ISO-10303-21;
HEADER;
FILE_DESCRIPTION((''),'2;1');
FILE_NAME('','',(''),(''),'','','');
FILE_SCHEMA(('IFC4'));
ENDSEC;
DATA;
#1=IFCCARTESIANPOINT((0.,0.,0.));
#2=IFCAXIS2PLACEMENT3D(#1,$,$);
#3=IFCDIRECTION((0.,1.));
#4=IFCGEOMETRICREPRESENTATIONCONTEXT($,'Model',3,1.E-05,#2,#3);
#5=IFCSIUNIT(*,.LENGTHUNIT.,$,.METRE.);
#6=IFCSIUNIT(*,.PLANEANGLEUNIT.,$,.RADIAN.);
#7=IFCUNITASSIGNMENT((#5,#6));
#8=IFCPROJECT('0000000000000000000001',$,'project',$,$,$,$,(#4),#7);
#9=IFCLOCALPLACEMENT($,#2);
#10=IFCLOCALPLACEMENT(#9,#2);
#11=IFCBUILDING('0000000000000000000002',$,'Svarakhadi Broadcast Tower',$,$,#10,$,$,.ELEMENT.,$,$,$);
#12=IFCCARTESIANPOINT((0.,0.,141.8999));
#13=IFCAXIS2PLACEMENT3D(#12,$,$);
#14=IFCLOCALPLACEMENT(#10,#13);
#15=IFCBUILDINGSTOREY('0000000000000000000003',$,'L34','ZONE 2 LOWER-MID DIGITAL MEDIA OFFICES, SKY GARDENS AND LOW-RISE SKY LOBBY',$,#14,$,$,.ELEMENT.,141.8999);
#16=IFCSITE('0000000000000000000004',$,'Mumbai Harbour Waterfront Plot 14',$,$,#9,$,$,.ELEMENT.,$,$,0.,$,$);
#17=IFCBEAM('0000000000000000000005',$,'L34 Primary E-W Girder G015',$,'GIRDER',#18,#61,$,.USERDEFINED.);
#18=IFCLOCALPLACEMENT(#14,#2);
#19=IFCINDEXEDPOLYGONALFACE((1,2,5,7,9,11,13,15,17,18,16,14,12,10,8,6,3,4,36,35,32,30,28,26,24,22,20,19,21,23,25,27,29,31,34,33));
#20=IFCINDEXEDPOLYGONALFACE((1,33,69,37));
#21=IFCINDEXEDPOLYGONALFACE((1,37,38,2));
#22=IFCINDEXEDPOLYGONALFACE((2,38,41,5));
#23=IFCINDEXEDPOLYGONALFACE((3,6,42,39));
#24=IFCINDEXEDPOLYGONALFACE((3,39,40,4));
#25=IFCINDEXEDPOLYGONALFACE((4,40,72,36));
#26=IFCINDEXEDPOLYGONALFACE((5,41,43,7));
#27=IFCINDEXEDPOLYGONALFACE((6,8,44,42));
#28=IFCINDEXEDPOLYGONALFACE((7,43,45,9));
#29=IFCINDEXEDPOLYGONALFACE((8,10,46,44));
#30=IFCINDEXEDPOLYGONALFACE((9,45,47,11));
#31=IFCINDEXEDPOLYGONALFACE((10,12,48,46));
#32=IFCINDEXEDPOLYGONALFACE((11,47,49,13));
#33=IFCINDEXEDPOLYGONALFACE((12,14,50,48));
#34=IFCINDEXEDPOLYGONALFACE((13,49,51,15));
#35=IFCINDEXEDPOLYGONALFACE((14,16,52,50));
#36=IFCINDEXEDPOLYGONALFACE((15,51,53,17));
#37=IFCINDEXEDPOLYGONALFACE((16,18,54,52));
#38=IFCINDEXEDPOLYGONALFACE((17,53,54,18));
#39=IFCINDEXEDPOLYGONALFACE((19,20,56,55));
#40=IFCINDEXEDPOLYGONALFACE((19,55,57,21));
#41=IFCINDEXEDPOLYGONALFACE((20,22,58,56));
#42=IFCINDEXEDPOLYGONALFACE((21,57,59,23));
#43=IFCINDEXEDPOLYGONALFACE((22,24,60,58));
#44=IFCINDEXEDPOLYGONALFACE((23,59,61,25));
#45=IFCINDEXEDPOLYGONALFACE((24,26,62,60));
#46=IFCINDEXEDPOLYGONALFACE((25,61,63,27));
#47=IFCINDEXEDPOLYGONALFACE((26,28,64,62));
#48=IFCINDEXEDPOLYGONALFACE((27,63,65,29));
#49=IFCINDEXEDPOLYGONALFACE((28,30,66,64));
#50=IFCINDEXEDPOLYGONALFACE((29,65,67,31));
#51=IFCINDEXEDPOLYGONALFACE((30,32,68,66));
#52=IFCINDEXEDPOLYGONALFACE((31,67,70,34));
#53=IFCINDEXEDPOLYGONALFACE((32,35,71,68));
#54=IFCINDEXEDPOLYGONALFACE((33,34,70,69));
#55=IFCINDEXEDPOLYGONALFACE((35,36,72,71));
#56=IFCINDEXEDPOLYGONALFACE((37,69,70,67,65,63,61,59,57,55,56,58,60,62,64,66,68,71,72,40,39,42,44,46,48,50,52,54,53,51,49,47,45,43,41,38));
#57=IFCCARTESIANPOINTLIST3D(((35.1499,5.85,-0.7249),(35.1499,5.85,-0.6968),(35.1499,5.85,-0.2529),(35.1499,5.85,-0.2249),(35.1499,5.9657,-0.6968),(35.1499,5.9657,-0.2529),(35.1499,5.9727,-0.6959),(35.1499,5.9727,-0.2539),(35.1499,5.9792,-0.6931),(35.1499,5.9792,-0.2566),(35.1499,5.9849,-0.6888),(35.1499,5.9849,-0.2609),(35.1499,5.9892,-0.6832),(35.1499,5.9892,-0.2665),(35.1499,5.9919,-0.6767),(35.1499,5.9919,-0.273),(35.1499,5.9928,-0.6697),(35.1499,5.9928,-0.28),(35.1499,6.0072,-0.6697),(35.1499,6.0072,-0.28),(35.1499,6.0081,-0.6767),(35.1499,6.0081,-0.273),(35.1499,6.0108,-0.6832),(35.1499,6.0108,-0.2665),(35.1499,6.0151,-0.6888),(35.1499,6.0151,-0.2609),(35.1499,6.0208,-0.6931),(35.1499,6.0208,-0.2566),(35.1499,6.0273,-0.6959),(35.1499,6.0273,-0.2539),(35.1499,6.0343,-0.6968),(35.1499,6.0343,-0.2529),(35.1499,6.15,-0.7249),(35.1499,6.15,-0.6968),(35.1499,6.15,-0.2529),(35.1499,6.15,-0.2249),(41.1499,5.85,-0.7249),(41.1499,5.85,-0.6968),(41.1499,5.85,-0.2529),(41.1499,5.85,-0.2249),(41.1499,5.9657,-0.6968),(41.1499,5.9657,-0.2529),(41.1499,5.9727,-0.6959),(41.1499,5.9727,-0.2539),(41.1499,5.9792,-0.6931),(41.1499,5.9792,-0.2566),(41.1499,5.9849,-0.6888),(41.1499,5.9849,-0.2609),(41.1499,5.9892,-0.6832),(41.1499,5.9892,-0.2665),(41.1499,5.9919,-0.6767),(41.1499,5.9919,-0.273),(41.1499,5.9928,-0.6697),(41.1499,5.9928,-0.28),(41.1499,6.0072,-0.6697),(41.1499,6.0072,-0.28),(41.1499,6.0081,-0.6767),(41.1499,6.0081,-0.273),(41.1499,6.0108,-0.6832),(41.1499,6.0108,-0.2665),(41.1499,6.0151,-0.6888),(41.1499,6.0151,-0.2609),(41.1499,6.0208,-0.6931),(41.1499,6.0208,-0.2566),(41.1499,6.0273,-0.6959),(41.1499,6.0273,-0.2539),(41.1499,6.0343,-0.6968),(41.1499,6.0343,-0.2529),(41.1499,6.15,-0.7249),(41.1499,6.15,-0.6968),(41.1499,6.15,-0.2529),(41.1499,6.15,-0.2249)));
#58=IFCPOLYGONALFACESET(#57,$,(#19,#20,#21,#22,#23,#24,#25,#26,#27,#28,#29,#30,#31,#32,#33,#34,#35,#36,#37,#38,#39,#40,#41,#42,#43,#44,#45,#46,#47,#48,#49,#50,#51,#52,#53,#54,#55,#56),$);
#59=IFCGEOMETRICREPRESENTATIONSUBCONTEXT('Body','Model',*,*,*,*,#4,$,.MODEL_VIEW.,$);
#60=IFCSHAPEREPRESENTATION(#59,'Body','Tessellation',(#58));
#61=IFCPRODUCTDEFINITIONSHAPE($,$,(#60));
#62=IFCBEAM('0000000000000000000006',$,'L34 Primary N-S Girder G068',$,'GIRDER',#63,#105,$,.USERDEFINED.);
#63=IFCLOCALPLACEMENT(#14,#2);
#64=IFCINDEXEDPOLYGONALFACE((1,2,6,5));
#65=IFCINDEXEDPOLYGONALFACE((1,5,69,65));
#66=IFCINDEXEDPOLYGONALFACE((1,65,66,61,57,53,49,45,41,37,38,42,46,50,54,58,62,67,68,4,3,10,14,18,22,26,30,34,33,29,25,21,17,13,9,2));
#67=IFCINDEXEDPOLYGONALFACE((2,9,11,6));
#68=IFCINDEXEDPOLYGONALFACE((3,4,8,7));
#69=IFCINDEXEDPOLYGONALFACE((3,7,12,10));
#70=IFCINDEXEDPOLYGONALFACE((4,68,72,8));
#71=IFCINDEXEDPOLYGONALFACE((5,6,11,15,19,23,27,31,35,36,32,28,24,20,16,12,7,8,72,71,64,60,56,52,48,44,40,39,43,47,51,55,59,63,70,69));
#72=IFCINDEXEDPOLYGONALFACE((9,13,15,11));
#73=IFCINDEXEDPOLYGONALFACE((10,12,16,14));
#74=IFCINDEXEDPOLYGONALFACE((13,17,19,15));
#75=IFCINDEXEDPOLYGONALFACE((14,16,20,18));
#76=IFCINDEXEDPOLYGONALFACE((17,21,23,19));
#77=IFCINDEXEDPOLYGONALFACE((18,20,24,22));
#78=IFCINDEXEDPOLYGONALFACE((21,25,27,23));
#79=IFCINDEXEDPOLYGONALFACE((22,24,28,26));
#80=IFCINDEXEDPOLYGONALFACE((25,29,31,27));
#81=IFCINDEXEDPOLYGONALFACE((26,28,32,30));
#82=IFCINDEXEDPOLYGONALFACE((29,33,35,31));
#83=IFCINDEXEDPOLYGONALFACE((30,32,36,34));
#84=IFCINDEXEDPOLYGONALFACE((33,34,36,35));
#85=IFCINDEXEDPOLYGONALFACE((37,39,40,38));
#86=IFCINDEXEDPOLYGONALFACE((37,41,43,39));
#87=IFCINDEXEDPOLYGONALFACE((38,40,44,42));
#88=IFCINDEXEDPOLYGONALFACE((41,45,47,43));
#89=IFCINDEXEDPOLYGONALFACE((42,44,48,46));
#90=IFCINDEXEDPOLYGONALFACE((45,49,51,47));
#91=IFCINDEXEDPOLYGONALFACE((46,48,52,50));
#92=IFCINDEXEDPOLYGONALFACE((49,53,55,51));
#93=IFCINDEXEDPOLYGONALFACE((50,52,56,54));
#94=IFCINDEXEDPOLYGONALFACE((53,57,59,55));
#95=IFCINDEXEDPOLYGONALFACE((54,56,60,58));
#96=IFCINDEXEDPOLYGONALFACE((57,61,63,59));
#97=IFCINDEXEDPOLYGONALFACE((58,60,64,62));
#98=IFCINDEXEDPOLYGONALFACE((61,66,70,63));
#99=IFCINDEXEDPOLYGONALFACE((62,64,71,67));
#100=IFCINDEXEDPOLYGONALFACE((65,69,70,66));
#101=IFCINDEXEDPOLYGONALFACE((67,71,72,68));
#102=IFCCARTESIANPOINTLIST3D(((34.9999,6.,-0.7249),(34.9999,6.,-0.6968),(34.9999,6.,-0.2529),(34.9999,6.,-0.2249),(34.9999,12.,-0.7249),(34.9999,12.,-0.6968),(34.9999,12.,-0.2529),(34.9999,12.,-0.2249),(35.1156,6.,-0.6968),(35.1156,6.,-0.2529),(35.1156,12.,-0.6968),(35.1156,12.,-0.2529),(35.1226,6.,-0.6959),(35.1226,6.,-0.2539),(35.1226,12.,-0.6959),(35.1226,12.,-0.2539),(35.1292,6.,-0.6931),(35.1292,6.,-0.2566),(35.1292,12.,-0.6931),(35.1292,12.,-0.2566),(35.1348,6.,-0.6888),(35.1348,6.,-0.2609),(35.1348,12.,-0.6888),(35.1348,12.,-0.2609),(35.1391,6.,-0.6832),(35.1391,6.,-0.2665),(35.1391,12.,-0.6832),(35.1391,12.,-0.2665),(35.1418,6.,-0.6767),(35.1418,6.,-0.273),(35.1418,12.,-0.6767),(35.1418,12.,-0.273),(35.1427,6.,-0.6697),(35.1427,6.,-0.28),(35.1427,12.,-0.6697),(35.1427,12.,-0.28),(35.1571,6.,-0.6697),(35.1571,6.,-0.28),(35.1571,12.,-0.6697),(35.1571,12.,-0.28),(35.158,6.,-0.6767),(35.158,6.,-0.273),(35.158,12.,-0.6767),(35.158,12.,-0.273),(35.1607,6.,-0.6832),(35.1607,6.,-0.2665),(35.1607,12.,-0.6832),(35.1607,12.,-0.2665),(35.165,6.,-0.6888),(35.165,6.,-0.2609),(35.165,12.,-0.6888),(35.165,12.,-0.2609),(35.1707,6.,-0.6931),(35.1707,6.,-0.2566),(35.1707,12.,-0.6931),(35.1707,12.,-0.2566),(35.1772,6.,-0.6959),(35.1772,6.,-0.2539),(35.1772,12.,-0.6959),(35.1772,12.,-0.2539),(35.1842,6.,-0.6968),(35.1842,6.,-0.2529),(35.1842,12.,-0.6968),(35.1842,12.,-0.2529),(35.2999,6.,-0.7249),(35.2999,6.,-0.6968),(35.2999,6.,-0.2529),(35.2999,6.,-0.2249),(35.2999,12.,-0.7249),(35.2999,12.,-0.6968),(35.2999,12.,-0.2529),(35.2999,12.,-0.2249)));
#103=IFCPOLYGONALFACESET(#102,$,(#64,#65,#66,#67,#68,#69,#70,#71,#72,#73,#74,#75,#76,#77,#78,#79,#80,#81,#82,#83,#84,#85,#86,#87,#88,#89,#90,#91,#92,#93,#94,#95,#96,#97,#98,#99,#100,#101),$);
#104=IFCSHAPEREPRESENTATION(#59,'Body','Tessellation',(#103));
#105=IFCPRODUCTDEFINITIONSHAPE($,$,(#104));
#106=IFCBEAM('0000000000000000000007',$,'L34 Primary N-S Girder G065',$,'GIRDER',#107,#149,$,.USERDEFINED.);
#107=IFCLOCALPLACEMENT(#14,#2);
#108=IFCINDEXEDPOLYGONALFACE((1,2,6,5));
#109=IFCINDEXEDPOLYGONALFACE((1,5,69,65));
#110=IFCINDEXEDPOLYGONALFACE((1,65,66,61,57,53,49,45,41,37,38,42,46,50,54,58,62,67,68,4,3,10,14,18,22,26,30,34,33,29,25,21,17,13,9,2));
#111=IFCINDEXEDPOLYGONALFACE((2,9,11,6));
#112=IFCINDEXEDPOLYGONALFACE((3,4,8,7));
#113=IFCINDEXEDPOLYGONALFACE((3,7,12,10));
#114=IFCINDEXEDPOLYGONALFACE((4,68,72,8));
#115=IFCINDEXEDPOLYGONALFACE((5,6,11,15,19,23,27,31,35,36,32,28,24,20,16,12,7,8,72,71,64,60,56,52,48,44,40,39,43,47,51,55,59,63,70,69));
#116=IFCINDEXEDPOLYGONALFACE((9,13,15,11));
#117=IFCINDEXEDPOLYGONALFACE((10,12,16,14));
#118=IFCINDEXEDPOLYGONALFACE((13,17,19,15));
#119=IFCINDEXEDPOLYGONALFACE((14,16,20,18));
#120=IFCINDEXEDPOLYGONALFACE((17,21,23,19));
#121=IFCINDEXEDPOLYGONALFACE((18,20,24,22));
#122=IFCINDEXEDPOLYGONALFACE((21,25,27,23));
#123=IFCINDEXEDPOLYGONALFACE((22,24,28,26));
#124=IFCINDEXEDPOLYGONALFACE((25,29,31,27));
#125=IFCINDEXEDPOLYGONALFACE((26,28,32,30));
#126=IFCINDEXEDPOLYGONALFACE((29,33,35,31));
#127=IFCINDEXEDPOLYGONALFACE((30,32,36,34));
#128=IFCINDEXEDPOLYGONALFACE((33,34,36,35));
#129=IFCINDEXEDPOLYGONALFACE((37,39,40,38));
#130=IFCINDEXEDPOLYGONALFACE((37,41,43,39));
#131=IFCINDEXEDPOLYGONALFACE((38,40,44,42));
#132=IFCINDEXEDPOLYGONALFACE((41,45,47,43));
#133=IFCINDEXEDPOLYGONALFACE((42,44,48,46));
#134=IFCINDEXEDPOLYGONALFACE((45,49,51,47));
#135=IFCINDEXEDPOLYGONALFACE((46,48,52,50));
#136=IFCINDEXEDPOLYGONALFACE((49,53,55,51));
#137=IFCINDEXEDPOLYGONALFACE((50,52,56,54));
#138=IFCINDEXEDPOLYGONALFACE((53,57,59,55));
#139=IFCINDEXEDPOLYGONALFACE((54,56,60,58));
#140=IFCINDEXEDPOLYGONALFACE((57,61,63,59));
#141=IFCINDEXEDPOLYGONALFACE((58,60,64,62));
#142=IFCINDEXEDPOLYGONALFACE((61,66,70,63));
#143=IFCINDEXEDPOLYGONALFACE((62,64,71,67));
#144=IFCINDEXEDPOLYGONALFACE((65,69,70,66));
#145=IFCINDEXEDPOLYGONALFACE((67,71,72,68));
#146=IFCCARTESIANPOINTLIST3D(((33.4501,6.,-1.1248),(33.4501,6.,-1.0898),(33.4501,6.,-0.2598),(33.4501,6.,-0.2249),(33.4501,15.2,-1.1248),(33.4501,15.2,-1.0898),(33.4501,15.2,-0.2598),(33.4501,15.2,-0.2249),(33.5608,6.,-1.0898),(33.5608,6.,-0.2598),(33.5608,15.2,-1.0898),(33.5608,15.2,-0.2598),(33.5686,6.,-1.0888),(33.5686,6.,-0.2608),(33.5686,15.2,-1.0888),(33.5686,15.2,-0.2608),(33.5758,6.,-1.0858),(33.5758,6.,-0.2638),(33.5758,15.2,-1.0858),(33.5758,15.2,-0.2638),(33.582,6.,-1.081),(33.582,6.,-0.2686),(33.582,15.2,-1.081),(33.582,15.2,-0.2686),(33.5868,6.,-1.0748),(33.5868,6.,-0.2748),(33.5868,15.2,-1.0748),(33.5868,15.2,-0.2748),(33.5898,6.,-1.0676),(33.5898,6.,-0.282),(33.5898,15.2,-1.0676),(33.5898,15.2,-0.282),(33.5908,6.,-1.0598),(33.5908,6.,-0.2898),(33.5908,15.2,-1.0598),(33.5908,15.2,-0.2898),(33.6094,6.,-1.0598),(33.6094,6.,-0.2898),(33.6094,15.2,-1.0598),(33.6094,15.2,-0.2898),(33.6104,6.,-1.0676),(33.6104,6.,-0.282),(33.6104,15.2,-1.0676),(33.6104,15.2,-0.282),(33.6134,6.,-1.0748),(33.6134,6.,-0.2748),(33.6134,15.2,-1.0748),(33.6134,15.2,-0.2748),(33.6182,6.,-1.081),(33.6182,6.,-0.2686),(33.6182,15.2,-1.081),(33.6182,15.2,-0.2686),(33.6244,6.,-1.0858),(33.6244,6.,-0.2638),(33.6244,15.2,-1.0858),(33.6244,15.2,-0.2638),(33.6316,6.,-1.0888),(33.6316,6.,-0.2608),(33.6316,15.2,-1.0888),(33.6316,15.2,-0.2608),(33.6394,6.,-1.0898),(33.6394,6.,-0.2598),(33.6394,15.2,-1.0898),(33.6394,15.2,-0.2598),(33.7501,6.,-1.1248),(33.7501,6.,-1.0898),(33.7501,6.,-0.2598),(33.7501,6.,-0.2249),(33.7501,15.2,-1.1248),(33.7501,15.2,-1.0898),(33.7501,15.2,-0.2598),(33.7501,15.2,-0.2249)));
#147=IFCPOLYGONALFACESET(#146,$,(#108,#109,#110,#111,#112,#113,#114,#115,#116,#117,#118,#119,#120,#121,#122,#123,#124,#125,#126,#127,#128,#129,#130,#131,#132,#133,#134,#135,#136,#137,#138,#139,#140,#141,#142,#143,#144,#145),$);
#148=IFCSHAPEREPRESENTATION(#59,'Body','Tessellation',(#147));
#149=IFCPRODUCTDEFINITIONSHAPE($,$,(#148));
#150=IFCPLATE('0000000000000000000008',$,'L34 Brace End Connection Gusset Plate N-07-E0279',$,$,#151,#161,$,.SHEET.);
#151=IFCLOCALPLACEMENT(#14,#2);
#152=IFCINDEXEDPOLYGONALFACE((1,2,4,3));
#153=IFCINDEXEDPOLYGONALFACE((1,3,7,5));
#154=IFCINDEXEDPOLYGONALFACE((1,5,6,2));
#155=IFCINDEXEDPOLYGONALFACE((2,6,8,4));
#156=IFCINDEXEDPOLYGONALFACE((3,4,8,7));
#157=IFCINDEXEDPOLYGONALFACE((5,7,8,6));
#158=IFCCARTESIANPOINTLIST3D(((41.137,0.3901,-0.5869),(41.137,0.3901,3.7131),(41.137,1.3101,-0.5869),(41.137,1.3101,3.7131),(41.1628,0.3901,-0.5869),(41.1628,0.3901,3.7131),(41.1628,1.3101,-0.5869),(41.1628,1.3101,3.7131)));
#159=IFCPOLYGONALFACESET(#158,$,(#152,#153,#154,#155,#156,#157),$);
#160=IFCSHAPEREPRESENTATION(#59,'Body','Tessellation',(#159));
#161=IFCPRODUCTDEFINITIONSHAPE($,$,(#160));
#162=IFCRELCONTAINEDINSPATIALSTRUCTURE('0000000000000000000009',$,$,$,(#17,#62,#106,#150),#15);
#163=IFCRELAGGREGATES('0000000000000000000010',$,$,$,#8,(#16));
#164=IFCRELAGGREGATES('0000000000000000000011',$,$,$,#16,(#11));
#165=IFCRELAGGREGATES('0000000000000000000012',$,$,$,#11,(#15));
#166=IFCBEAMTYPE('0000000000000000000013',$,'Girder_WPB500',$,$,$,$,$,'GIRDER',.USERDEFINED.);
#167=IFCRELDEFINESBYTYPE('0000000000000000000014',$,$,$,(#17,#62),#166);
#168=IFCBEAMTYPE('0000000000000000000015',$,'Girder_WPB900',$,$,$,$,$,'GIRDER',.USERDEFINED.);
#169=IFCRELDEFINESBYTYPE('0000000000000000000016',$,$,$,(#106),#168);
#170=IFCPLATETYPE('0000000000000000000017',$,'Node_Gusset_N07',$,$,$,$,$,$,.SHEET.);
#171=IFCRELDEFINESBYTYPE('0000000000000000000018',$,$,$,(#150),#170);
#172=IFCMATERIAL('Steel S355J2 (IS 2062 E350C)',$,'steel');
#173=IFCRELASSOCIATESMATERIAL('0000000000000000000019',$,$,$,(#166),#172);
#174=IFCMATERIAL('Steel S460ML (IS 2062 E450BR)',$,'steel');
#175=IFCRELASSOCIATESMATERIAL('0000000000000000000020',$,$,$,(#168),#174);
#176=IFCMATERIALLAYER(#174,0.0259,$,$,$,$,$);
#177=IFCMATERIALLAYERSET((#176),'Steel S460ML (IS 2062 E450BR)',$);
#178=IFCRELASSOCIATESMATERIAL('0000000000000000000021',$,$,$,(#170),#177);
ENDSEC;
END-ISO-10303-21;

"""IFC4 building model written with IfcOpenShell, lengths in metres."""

from ifc_helpers import new_model, si_unit, direction, frame, origin, origin_2d, place, context, subcontext, project, spatial, rectangle, i_section, extrude, material, layer, layer_set, material_profile, profile_set, type_object, element, save


model = new_model("IFC4")

# Units and contexts
model_context = context("Model", 3, precision=1e-05, world=origin(), true_north=direction((0.0, 1.0)))
body_context = subcontext(model_context, "Body", "Model", "MODEL_VIEW")
ifc_project = project(units=[si_unit("LENGTHUNIT", "METRE"), si_unit("PLANEANGLEUNIT", "RADIAN")], contexts=[model_context])

# Site, building, storey
site_placement = place(None, origin())
site = spatial("IfcSite", under=ifc_project, at=site_placement, Name="Mumbai Harbour Waterfront Plot 14", CompositionType="ELEMENT", RefElevation=0.0)
building_placement = place(site_placement, origin())
building = spatial("IfcBuilding", under=site, at=building_placement, Name="Svarakhadi Broadcast Tower", CompositionType="ELEMENT")
storey_placement = place(building_placement, frame((0.0, 0.0, 141.8999)))
storey = spatial("IfcBuildingStorey", under=building, at=storey_placement, Name="L34", Description="ZONE 2 LOWER-MID DIGITAL MEDIA OFFICES, SKY GARDENS AND LOW-RISE SKY LOBBY", CompositionType="ELEMENT", Elevation=141.8999)

# Shared definitions
ifc_material_1 = material(Name="Steel S460ML (IS 2062 E450BR)", Category="steel")

# Beams
ifc_material_2 = material(Name="Steel S355J2 (IS 2062 E350C)", Category="steel")
ifc_material_profile_1 = material_profile(ifc_material_2, i_section(OverallWidth=0.3, OverallDepth=0.5, WebThickness=0.0144, FlangeThickness=0.0281, FilletRadius=0.0271, at=origin_2d()), Name="WPB 500x300x187")
ifc_profile_set_1 = profile_set([ifc_material_profile_1], Name="Steel S355J2 (IS 2062 E350C)")
beam_type_1 = type_object("IfcBeamType", Name="Girder_WPB500", ElementType="GIRDER", PredefinedType="USERDEFINED", material=ifc_profile_set_1)
for number, where, z_axis, x_axis, name in (
    (1, (35.1499, 6.0, -0.4749), (1.0, 0.0, 0.0), (0.0, 1.0, 0.0), "L34 Primary E-W Girder G015"),
    (2, (35.1499, 6.0, -0.4749), (0.0, 1.0, 0.0), (-1.0, 0.0, 0.0), "L34 Primary N-S Girder G068"),
):
    element("IfcBeam", number, at=place(storey_placement, frame(where, z_axis=z_axis, x_axis=x_axis)), inside=storey, type_object=beam_type_1, Name=name, ObjectType="GIRDER", PredefinedType="USERDEFINED", context=body_context, shape_type="SweptSolid", body=[
        extrude(i_section(OverallWidth=0.3, OverallDepth=0.5, WebThickness=0.0144, FlangeThickness=0.0281, FilletRadius=0.0271, at=origin_2d()), origin(), (0.0, 0.0, 1.0), 6.0),
    ])
ifc_material_profile_2 = material_profile(ifc_material_1, i_section(OverallWidth=0.3, OverallDepth=0.8999, WebThickness=0.0186, FlangeThickness=0.0349, FilletRadius=0.03, at=origin_2d()), Name="WPB 900x300x291")
ifc_profile_set_2 = profile_set([ifc_material_profile_2], Name="Steel S460ML (IS 2062 E450BR)")
beam_type_2 = type_object("IfcBeamType", Name="Girder_WPB900", ElementType="GIRDER", PredefinedType="USERDEFINED", material=ifc_profile_set_2)
beam_placement = place(storey_placement, frame((33.6001, 6.0, -0.6748), z_axis=(0.0, 1.0, 0.0), x_axis=(-1.0, 0.0, 0.0)))
element("IfcBeam", 3, at=beam_placement, inside=storey, type_object=beam_type_2, Name="L34 Primary N-S Girder G065", ObjectType="GIRDER", PredefinedType="USERDEFINED", context=body_context, shape_type="SweptSolid", body=[
    extrude(i_section(OverallWidth=0.3, OverallDepth=0.8999, WebThickness=0.0186, FlangeThickness=0.0349, FilletRadius=0.03, at=origin_2d()), origin(), (0.0, 0.0, 1.0), 9.2),
])

# Plate
ifc_layer_1 = layer(ifc_material_1, 0.0259)
ifc_layer_set_1 = layer_set([ifc_layer_1], Name="Steel S460ML (IS 2062 E450BR)")
plate_type = type_object("IfcPlateType", Name="Node_Gusset_N07", PredefinedType="SHEET", material=ifc_layer_set_1)
plate_placement = place(storey_placement, frame((41.1499, 0.8501, -0.5869), z_axis=(0.0, 0.0, 1.0), x_axis=(0.0, 1.0, 0.0)))
element("IfcPlate", 4, at=plate_placement, inside=storey, type_object=plate_type, Name="L34 Brace End Connection Gusset Plate N-07-E0279", PredefinedType="SHEET", context=body_context, shape_type="SweptSolid", body=[
    extrude(rectangle(XDim=0.9199, YDim=0.0259, at=origin_2d()), origin(), (0.0, 0.0, 1.0), 4.3),
])

save(model, "model.ifc")
